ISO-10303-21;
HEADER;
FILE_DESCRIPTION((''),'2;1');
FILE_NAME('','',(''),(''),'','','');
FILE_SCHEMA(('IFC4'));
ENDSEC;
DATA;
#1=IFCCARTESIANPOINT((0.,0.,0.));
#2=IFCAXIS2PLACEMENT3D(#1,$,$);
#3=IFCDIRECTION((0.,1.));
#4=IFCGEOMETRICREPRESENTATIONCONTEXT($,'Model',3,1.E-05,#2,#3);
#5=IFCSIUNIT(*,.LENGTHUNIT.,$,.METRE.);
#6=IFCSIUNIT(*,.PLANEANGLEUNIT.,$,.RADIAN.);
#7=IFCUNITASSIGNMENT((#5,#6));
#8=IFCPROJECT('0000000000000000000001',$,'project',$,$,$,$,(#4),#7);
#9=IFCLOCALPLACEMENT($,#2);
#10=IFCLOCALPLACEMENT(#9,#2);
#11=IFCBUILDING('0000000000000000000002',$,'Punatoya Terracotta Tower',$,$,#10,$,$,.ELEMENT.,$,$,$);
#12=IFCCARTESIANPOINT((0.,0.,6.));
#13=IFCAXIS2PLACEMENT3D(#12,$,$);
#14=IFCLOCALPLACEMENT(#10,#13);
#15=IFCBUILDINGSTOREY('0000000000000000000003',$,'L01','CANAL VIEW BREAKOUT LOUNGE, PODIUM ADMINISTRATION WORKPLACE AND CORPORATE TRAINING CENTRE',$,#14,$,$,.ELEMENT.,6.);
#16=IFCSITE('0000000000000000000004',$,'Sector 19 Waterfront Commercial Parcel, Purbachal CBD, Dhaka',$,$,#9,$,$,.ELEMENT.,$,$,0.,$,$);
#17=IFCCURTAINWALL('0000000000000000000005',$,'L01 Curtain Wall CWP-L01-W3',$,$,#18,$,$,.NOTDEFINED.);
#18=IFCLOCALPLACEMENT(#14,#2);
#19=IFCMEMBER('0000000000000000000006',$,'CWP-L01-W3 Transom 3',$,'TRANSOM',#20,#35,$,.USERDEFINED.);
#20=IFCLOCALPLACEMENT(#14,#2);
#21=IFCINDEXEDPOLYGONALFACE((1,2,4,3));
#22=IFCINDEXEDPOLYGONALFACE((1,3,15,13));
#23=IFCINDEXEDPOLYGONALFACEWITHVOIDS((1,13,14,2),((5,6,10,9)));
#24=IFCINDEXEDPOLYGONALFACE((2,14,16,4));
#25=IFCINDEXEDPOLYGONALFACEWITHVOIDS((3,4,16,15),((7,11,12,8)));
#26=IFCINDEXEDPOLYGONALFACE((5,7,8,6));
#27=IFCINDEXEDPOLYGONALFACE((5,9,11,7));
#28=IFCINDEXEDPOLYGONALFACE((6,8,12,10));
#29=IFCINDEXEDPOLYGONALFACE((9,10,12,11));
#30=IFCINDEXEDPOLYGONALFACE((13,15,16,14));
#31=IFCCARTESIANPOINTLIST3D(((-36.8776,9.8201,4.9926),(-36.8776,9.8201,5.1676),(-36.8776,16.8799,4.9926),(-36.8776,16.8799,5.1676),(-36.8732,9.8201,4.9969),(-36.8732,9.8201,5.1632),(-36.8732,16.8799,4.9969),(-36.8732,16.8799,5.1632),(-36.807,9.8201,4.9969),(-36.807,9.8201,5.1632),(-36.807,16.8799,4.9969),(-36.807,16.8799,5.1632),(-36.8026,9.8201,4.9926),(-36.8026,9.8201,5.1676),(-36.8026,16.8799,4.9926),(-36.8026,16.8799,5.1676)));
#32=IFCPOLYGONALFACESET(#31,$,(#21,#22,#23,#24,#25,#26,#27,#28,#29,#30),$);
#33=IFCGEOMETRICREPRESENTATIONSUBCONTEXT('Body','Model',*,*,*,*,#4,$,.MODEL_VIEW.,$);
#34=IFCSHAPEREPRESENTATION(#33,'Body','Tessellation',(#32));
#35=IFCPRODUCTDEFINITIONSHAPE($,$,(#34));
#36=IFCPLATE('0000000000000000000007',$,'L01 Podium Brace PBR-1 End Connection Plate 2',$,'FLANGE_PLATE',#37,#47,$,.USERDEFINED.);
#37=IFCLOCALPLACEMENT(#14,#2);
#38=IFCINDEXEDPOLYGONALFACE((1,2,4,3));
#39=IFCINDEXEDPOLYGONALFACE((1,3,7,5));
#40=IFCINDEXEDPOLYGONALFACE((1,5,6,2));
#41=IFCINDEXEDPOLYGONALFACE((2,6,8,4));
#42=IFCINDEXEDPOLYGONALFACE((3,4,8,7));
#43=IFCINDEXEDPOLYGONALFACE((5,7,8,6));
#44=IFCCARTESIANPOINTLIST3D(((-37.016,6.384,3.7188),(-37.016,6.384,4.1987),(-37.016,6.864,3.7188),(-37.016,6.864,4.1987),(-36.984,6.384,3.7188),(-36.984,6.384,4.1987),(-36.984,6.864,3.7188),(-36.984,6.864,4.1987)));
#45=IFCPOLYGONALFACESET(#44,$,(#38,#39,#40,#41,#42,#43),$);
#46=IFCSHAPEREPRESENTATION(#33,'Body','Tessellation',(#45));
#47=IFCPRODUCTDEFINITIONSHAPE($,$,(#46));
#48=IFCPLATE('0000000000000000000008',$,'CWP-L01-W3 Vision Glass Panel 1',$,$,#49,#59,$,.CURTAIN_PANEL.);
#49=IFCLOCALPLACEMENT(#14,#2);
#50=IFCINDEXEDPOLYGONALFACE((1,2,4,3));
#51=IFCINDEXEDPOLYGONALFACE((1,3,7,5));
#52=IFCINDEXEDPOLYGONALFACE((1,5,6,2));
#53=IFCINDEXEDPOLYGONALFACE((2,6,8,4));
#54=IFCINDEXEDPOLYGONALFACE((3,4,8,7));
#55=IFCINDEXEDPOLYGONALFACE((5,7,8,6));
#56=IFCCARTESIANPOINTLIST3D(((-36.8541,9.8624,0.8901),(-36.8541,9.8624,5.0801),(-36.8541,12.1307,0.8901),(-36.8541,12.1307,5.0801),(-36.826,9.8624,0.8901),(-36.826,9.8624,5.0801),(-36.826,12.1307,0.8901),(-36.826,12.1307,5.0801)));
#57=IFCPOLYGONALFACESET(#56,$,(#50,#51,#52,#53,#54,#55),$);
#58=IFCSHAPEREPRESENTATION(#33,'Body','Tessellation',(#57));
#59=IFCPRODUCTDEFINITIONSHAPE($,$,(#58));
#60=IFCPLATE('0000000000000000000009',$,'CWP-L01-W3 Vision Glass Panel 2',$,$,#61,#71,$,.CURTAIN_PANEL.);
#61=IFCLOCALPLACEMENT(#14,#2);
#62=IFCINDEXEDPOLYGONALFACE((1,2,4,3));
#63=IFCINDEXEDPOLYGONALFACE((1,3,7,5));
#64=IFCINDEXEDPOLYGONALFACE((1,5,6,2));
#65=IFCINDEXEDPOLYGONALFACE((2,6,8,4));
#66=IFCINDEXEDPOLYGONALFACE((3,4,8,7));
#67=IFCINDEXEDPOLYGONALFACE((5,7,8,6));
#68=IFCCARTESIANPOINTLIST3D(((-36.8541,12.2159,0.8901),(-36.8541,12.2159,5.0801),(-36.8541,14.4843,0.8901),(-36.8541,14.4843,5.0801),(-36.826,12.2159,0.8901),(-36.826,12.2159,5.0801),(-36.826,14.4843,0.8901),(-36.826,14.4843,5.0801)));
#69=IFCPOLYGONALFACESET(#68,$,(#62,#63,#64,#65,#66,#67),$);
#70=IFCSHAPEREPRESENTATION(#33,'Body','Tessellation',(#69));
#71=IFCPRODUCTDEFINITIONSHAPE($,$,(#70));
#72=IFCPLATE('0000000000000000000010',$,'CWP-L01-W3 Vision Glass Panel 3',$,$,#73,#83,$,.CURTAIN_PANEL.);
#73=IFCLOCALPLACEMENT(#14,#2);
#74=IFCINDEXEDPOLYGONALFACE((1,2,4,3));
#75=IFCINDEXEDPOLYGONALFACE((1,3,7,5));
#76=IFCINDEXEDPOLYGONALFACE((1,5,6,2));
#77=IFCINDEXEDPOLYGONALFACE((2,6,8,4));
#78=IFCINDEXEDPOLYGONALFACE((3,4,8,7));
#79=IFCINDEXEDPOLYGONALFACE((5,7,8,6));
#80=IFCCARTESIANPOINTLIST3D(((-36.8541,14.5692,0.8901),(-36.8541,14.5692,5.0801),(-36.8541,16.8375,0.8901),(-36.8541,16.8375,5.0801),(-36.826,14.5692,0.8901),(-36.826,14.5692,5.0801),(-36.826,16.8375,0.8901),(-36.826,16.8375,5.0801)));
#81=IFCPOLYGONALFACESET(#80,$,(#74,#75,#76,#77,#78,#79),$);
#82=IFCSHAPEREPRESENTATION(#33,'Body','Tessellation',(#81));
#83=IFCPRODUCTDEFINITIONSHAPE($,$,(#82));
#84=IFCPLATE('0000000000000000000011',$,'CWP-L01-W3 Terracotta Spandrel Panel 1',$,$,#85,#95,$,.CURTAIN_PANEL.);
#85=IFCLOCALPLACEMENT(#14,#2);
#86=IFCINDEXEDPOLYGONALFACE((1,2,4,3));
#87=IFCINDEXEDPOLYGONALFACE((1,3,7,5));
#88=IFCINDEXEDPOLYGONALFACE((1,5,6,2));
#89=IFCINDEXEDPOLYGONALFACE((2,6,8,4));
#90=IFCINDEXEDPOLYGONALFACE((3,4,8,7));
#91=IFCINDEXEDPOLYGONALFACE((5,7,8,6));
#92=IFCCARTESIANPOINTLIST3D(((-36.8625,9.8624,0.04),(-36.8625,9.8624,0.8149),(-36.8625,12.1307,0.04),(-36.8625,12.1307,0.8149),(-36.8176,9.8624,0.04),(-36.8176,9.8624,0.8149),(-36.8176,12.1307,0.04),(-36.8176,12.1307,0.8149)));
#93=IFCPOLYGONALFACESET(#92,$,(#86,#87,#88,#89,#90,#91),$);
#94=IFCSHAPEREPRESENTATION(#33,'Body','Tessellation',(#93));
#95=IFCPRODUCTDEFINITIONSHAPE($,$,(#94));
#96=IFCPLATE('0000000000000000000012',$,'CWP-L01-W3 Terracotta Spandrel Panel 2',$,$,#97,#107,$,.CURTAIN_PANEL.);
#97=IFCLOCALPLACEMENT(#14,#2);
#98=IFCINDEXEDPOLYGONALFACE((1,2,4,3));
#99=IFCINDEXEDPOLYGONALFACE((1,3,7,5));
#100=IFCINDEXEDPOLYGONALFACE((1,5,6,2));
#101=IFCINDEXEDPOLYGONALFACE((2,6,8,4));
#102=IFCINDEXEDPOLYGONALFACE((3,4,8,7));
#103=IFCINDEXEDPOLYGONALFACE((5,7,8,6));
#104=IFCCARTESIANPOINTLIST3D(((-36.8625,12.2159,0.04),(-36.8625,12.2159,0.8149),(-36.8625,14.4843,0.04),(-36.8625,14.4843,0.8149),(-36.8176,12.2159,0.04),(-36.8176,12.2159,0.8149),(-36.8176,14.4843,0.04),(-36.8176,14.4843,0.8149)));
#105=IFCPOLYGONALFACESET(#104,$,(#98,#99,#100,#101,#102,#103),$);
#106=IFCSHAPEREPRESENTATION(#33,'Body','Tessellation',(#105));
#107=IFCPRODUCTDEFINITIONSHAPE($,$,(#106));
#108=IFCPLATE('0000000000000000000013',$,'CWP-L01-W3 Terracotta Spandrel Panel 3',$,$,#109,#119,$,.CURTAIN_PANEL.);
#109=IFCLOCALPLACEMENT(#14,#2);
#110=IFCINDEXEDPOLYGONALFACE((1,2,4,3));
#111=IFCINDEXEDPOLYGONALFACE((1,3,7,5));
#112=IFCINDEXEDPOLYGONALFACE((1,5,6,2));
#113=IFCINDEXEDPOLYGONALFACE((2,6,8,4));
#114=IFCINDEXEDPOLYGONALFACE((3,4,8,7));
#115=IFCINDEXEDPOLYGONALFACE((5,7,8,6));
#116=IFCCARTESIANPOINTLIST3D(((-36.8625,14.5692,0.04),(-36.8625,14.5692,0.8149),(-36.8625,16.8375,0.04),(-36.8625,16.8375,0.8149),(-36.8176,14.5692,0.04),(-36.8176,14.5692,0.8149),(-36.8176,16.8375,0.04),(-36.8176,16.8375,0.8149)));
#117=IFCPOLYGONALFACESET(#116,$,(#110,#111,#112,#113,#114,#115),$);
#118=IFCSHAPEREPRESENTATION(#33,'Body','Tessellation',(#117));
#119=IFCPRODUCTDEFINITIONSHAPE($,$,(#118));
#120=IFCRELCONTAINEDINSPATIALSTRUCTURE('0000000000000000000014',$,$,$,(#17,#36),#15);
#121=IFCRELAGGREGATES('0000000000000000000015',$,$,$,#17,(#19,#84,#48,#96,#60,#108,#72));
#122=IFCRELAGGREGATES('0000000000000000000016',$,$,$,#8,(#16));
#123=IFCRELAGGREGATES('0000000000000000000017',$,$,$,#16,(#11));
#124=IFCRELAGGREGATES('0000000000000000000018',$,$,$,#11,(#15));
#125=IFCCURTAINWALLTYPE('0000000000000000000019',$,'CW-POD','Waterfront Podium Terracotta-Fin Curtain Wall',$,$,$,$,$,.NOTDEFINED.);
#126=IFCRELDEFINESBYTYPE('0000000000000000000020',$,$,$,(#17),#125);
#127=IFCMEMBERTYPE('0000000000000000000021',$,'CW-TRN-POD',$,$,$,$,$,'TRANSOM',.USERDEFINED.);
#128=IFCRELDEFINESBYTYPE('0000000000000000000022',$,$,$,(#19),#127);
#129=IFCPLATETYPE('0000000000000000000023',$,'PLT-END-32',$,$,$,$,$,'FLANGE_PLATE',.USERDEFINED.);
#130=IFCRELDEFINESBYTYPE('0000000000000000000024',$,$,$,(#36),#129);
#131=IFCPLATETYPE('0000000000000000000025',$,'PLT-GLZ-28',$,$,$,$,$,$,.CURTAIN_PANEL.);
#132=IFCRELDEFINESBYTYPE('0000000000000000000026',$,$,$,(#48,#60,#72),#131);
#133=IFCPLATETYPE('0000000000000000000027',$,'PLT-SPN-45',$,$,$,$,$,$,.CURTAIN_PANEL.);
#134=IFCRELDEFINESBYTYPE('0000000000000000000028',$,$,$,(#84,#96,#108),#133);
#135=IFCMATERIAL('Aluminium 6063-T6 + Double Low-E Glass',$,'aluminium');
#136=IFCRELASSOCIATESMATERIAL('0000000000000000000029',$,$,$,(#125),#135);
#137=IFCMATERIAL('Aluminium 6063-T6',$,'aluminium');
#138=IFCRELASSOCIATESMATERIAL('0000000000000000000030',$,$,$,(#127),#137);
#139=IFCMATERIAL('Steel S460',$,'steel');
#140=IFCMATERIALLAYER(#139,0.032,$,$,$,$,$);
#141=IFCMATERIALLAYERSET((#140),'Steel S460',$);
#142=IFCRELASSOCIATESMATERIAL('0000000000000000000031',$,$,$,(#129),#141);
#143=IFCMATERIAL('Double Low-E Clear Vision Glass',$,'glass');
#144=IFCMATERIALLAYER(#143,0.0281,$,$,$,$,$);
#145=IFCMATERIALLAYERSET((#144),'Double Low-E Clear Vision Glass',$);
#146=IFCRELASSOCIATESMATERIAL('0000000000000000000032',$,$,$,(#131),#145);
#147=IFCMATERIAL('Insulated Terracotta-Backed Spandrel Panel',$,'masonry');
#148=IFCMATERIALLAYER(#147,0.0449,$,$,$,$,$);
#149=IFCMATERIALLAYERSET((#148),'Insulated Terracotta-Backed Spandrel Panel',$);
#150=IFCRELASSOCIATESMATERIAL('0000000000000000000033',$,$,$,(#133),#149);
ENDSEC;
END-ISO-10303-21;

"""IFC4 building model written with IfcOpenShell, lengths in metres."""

from ifc_helpers import new_model, si_unit, direction, frame, origin, origin_2d, place, context, subcontext, project, spatial, rectangle, hollow_rectangle, extrude, material, layer, layer_set, material_profile, profile_set, type_object, element, aggregate, save


model = new_model("IFC4")

# Units and contexts
model_context = context("Model", 3, precision=1e-05, world=origin(), true_north=direction((0.0, 1.0)))
body_context = subcontext(model_context, "Body", "Model", "MODEL_VIEW")
ifc_project = project(units=[si_unit("LENGTHUNIT", "METRE"), si_unit("PLANEANGLEUNIT", "RADIAN")], contexts=[model_context])

# Site, building, storey
site_placement = place(None, origin())
site = spatial("IfcSite", under=ifc_project, at=site_placement, Name="Sector 19 Waterfront Commercial Parcel, Purbachal CBD, Dhaka", CompositionType="ELEMENT", RefElevation=0.0)
building_placement = place(site_placement, origin())
building = spatial("IfcBuilding", under=site, at=building_placement, Name="Punatoya Terracotta Tower", CompositionType="ELEMENT")
storey_placement = place(building_placement, frame((0.0, 0.0, 6.0)))
storey = spatial("IfcBuildingStorey", under=building, at=storey_placement, Name="L01", Description="CANAL VIEW BREAKOUT LOUNGE, PODIUM ADMINISTRATION WORKPLACE AND CORPORATE TRAINING CENTRE", CompositionType="ELEMENT", Elevation=6.0)

# Curtain wall, member
ifc_material_1 = material(Name="Aluminium 6063-T6 + Double Low-E Glass", Category="aluminium")
curtain_wall_type = type_object("IfcCurtainWallType", Name="CW-POD", Description="Waterfront Podium Terracotta-Fin Curtain Wall", PredefinedType="NOTDEFINED", material=ifc_material_1)
curtain_wall_placement = place(storey_placement, origin())
curtain_wall = element("IfcCurtainWall", 1, at=curtain_wall_placement, inside=storey, type_object=curtain_wall_type, Name="L01 Curtain Wall CWP-L01-W3", PredefinedType="NOTDEFINED")
ifc_material_2 = material(Name="Aluminium 6063-T6", Category="aluminium")
ifc_material_profile_1 = material_profile(ifc_material_2, hollow_rectangle(XDim=0.075, YDim=0.175, WallThickness=0.0044, at=origin_2d()))
ifc_profile_set_1 = profile_set([ifc_material_profile_1], Name="Aluminium 6063-T6")
member_type_1 = type_object("IfcMemberType", Name="CW-TRN-POD", ElementType="TRANSOM", PredefinedType="USERDEFINED", material=ifc_profile_set_1)
member_1_placement = place(storey_placement, frame((-36.8401, 9.8201, 5.0801), z_axis=(0.0, 1.0, 0.0), x_axis=(-1.0, 0.0, 0.0)))
member_1 = element("IfcMember", 2, at=member_1_placement, type_object=member_type_1, Name="CWP-L01-W3 Transom 3", ObjectType="TRANSOM", PredefinedType="USERDEFINED", context=body_context, shape_type="SweptSolid", body=[
    extrude(hollow_rectangle(XDim=0.075, YDim=0.175, WallThickness=0.0044, at=origin_2d()), origin(), (0.0, 0.0, 1.0), 7.0598),
])

# Plates
ifc_material_3 = material(Name="Steel S460", Category="steel")
ifc_layer_1 = layer(ifc_material_3, 0.032)
ifc_layer_set_1 = layer_set([ifc_layer_1], Name="Steel S460")
plate_type_1 = type_object("IfcPlateType", Name="PLT-END-32", ElementType="FLANGE_PLATE", PredefinedType="USERDEFINED", material=ifc_layer_set_1)
plate_1_placement = place(storey_placement, frame((-37.0, 6.624, 3.7188), z_axis=(0.0, 0.0, 1.0), x_axis=(1.0, 0.0, 0.0)))
element("IfcPlate", 3, at=plate_1_placement, inside=storey, type_object=plate_type_1, Name="L01 Podium Brace PBR-1 End Connection Plate 2", ObjectType="FLANGE_PLATE", PredefinedType="USERDEFINED", context=body_context, shape_type="SweptSolid", body=[
    extrude(rectangle(XDim=0.032, YDim=0.48, at=origin_2d()), origin(), (0.0, 0.0, 1.0), 0.48),
])
ifc_material_4 = material(Name="Double Low-E Clear Vision Glass", Category="glass")
ifc_layer_2 = layer(ifc_material_4, 0.0281)
ifc_layer_set_2 = layer_set([ifc_layer_2], Name="Double Low-E Clear Vision Glass")
plate_type_2 = type_object("IfcPlateType", Name="PLT-GLZ-28", PredefinedType="CURTAIN_PANEL", material=ifc_layer_set_2)
plate_2_placement = place(storey_placement, frame((-36.8401, 10.9966, 0.8901), z_axis=(0.0, 0.0, 1.0), x_axis=(0.0, 1.0, 0.0)))
plate_2 = element("IfcPlate", 4, at=plate_2_placement, type_object=plate_type_2, Name="CWP-L01-W3 Vision Glass Panel 1", PredefinedType="CURTAIN_PANEL", context=body_context, shape_type="SweptSolid", body=[
    extrude(rectangle(XDim=2.2683, YDim=0.0281, at=origin_2d()), origin(), (0.0, 0.0, 1.0), 4.1899),
])
plate_3_placement = place(storey_placement, frame((-36.8401, 13.3501, 0.8901), z_axis=(0.0, 0.0, 1.0), x_axis=(0.0, 1.0, 0.0)))
plate_3 = element("IfcPlate", 5, at=plate_3_placement, type_object=plate_type_2, Name="CWP-L01-W3 Vision Glass Panel 2", PredefinedType="CURTAIN_PANEL", context=body_context, shape_type="SweptSolid", body=[
    extrude(rectangle(XDim=2.2683, YDim=0.0281, at=origin_2d()), origin(), (0.0, 0.0, 1.0), 4.1899),
])
plate_4_placement = place(storey_placement, frame((-36.8401, 15.7034, 0.8901), z_axis=(0.0, 0.0, 1.0), x_axis=(0.0, 1.0, 0.0)))
plate_4 = element("IfcPlate", 6, at=plate_4_placement, type_object=plate_type_2, Name="CWP-L01-W3 Vision Glass Panel 3", PredefinedType="CURTAIN_PANEL", context=body_context, shape_type="SweptSolid", body=[
    extrude(rectangle(XDim=2.2683, YDim=0.0281, at=origin_2d()), origin(), (0.0, 0.0, 1.0), 4.1899),
])
ifc_material_5 = material(Name="Insulated Terracotta-Backed Spandrel Panel", Category="masonry")
ifc_layer_3 = layer(ifc_material_5, 0.0449)
ifc_layer_set_3 = layer_set([ifc_layer_3], Name="Insulated Terracotta-Backed Spandrel Panel")
plate_type_3 = type_object("IfcPlateType", Name="PLT-SPN-45", PredefinedType="CURTAIN_PANEL", material=ifc_layer_set_3)
plate_5_placement = place(storey_placement, frame((-36.8401, 10.9966, 0.04), z_axis=(0.0, 0.0, 1.0), x_axis=(0.0, 1.0, 0.0)))
plate_5 = element("IfcPlate", 7, at=plate_5_placement, type_object=plate_type_3, Name="CWP-L01-W3 Terracotta Spandrel Panel 1", PredefinedType="CURTAIN_PANEL", context=body_context, shape_type="SweptSolid", body=[
    extrude(rectangle(XDim=2.2683, YDim=0.0449, at=origin_2d()), origin(), (0.0, 0.0, 1.0), 0.7749),
])
plate_6_placement = place(storey_placement, frame((-36.8401, 13.3501, 0.04), z_axis=(0.0, 0.0, 1.0), x_axis=(0.0, 1.0, 0.0)))
plate_6 = element("IfcPlate", 8, at=plate_6_placement, type_object=plate_type_3, Name="CWP-L01-W3 Terracotta Spandrel Panel 2", PredefinedType="CURTAIN_PANEL", context=body_context, shape_type="SweptSolid", body=[
    extrude(rectangle(XDim=2.2683, YDim=0.0449, at=origin_2d()), origin(), (0.0, 0.0, 1.0), 0.7749),
])
plate_7_placement = place(storey_placement, frame((-36.8401, 15.7034, 0.04), z_axis=(0.0, 0.0, 1.0), x_axis=(0.0, 1.0, 0.0)))
plate_7 = element("IfcPlate", 9, at=plate_7_placement, type_object=plate_type_3, Name="CWP-L01-W3 Terracotta Spandrel Panel 3", PredefinedType="CURTAIN_PANEL", context=body_context, shape_type="SweptSolid", body=[
    extrude(rectangle(XDim=2.2683, YDim=0.0449, at=origin_2d()), origin(), (0.0, 0.0, 1.0), 0.7749),
])
aggregate(curtain_wall, [member_1, plate_5, plate_2, plate_6, plate_3, plate_7, plate_4])

save(model, "model.ifc")
